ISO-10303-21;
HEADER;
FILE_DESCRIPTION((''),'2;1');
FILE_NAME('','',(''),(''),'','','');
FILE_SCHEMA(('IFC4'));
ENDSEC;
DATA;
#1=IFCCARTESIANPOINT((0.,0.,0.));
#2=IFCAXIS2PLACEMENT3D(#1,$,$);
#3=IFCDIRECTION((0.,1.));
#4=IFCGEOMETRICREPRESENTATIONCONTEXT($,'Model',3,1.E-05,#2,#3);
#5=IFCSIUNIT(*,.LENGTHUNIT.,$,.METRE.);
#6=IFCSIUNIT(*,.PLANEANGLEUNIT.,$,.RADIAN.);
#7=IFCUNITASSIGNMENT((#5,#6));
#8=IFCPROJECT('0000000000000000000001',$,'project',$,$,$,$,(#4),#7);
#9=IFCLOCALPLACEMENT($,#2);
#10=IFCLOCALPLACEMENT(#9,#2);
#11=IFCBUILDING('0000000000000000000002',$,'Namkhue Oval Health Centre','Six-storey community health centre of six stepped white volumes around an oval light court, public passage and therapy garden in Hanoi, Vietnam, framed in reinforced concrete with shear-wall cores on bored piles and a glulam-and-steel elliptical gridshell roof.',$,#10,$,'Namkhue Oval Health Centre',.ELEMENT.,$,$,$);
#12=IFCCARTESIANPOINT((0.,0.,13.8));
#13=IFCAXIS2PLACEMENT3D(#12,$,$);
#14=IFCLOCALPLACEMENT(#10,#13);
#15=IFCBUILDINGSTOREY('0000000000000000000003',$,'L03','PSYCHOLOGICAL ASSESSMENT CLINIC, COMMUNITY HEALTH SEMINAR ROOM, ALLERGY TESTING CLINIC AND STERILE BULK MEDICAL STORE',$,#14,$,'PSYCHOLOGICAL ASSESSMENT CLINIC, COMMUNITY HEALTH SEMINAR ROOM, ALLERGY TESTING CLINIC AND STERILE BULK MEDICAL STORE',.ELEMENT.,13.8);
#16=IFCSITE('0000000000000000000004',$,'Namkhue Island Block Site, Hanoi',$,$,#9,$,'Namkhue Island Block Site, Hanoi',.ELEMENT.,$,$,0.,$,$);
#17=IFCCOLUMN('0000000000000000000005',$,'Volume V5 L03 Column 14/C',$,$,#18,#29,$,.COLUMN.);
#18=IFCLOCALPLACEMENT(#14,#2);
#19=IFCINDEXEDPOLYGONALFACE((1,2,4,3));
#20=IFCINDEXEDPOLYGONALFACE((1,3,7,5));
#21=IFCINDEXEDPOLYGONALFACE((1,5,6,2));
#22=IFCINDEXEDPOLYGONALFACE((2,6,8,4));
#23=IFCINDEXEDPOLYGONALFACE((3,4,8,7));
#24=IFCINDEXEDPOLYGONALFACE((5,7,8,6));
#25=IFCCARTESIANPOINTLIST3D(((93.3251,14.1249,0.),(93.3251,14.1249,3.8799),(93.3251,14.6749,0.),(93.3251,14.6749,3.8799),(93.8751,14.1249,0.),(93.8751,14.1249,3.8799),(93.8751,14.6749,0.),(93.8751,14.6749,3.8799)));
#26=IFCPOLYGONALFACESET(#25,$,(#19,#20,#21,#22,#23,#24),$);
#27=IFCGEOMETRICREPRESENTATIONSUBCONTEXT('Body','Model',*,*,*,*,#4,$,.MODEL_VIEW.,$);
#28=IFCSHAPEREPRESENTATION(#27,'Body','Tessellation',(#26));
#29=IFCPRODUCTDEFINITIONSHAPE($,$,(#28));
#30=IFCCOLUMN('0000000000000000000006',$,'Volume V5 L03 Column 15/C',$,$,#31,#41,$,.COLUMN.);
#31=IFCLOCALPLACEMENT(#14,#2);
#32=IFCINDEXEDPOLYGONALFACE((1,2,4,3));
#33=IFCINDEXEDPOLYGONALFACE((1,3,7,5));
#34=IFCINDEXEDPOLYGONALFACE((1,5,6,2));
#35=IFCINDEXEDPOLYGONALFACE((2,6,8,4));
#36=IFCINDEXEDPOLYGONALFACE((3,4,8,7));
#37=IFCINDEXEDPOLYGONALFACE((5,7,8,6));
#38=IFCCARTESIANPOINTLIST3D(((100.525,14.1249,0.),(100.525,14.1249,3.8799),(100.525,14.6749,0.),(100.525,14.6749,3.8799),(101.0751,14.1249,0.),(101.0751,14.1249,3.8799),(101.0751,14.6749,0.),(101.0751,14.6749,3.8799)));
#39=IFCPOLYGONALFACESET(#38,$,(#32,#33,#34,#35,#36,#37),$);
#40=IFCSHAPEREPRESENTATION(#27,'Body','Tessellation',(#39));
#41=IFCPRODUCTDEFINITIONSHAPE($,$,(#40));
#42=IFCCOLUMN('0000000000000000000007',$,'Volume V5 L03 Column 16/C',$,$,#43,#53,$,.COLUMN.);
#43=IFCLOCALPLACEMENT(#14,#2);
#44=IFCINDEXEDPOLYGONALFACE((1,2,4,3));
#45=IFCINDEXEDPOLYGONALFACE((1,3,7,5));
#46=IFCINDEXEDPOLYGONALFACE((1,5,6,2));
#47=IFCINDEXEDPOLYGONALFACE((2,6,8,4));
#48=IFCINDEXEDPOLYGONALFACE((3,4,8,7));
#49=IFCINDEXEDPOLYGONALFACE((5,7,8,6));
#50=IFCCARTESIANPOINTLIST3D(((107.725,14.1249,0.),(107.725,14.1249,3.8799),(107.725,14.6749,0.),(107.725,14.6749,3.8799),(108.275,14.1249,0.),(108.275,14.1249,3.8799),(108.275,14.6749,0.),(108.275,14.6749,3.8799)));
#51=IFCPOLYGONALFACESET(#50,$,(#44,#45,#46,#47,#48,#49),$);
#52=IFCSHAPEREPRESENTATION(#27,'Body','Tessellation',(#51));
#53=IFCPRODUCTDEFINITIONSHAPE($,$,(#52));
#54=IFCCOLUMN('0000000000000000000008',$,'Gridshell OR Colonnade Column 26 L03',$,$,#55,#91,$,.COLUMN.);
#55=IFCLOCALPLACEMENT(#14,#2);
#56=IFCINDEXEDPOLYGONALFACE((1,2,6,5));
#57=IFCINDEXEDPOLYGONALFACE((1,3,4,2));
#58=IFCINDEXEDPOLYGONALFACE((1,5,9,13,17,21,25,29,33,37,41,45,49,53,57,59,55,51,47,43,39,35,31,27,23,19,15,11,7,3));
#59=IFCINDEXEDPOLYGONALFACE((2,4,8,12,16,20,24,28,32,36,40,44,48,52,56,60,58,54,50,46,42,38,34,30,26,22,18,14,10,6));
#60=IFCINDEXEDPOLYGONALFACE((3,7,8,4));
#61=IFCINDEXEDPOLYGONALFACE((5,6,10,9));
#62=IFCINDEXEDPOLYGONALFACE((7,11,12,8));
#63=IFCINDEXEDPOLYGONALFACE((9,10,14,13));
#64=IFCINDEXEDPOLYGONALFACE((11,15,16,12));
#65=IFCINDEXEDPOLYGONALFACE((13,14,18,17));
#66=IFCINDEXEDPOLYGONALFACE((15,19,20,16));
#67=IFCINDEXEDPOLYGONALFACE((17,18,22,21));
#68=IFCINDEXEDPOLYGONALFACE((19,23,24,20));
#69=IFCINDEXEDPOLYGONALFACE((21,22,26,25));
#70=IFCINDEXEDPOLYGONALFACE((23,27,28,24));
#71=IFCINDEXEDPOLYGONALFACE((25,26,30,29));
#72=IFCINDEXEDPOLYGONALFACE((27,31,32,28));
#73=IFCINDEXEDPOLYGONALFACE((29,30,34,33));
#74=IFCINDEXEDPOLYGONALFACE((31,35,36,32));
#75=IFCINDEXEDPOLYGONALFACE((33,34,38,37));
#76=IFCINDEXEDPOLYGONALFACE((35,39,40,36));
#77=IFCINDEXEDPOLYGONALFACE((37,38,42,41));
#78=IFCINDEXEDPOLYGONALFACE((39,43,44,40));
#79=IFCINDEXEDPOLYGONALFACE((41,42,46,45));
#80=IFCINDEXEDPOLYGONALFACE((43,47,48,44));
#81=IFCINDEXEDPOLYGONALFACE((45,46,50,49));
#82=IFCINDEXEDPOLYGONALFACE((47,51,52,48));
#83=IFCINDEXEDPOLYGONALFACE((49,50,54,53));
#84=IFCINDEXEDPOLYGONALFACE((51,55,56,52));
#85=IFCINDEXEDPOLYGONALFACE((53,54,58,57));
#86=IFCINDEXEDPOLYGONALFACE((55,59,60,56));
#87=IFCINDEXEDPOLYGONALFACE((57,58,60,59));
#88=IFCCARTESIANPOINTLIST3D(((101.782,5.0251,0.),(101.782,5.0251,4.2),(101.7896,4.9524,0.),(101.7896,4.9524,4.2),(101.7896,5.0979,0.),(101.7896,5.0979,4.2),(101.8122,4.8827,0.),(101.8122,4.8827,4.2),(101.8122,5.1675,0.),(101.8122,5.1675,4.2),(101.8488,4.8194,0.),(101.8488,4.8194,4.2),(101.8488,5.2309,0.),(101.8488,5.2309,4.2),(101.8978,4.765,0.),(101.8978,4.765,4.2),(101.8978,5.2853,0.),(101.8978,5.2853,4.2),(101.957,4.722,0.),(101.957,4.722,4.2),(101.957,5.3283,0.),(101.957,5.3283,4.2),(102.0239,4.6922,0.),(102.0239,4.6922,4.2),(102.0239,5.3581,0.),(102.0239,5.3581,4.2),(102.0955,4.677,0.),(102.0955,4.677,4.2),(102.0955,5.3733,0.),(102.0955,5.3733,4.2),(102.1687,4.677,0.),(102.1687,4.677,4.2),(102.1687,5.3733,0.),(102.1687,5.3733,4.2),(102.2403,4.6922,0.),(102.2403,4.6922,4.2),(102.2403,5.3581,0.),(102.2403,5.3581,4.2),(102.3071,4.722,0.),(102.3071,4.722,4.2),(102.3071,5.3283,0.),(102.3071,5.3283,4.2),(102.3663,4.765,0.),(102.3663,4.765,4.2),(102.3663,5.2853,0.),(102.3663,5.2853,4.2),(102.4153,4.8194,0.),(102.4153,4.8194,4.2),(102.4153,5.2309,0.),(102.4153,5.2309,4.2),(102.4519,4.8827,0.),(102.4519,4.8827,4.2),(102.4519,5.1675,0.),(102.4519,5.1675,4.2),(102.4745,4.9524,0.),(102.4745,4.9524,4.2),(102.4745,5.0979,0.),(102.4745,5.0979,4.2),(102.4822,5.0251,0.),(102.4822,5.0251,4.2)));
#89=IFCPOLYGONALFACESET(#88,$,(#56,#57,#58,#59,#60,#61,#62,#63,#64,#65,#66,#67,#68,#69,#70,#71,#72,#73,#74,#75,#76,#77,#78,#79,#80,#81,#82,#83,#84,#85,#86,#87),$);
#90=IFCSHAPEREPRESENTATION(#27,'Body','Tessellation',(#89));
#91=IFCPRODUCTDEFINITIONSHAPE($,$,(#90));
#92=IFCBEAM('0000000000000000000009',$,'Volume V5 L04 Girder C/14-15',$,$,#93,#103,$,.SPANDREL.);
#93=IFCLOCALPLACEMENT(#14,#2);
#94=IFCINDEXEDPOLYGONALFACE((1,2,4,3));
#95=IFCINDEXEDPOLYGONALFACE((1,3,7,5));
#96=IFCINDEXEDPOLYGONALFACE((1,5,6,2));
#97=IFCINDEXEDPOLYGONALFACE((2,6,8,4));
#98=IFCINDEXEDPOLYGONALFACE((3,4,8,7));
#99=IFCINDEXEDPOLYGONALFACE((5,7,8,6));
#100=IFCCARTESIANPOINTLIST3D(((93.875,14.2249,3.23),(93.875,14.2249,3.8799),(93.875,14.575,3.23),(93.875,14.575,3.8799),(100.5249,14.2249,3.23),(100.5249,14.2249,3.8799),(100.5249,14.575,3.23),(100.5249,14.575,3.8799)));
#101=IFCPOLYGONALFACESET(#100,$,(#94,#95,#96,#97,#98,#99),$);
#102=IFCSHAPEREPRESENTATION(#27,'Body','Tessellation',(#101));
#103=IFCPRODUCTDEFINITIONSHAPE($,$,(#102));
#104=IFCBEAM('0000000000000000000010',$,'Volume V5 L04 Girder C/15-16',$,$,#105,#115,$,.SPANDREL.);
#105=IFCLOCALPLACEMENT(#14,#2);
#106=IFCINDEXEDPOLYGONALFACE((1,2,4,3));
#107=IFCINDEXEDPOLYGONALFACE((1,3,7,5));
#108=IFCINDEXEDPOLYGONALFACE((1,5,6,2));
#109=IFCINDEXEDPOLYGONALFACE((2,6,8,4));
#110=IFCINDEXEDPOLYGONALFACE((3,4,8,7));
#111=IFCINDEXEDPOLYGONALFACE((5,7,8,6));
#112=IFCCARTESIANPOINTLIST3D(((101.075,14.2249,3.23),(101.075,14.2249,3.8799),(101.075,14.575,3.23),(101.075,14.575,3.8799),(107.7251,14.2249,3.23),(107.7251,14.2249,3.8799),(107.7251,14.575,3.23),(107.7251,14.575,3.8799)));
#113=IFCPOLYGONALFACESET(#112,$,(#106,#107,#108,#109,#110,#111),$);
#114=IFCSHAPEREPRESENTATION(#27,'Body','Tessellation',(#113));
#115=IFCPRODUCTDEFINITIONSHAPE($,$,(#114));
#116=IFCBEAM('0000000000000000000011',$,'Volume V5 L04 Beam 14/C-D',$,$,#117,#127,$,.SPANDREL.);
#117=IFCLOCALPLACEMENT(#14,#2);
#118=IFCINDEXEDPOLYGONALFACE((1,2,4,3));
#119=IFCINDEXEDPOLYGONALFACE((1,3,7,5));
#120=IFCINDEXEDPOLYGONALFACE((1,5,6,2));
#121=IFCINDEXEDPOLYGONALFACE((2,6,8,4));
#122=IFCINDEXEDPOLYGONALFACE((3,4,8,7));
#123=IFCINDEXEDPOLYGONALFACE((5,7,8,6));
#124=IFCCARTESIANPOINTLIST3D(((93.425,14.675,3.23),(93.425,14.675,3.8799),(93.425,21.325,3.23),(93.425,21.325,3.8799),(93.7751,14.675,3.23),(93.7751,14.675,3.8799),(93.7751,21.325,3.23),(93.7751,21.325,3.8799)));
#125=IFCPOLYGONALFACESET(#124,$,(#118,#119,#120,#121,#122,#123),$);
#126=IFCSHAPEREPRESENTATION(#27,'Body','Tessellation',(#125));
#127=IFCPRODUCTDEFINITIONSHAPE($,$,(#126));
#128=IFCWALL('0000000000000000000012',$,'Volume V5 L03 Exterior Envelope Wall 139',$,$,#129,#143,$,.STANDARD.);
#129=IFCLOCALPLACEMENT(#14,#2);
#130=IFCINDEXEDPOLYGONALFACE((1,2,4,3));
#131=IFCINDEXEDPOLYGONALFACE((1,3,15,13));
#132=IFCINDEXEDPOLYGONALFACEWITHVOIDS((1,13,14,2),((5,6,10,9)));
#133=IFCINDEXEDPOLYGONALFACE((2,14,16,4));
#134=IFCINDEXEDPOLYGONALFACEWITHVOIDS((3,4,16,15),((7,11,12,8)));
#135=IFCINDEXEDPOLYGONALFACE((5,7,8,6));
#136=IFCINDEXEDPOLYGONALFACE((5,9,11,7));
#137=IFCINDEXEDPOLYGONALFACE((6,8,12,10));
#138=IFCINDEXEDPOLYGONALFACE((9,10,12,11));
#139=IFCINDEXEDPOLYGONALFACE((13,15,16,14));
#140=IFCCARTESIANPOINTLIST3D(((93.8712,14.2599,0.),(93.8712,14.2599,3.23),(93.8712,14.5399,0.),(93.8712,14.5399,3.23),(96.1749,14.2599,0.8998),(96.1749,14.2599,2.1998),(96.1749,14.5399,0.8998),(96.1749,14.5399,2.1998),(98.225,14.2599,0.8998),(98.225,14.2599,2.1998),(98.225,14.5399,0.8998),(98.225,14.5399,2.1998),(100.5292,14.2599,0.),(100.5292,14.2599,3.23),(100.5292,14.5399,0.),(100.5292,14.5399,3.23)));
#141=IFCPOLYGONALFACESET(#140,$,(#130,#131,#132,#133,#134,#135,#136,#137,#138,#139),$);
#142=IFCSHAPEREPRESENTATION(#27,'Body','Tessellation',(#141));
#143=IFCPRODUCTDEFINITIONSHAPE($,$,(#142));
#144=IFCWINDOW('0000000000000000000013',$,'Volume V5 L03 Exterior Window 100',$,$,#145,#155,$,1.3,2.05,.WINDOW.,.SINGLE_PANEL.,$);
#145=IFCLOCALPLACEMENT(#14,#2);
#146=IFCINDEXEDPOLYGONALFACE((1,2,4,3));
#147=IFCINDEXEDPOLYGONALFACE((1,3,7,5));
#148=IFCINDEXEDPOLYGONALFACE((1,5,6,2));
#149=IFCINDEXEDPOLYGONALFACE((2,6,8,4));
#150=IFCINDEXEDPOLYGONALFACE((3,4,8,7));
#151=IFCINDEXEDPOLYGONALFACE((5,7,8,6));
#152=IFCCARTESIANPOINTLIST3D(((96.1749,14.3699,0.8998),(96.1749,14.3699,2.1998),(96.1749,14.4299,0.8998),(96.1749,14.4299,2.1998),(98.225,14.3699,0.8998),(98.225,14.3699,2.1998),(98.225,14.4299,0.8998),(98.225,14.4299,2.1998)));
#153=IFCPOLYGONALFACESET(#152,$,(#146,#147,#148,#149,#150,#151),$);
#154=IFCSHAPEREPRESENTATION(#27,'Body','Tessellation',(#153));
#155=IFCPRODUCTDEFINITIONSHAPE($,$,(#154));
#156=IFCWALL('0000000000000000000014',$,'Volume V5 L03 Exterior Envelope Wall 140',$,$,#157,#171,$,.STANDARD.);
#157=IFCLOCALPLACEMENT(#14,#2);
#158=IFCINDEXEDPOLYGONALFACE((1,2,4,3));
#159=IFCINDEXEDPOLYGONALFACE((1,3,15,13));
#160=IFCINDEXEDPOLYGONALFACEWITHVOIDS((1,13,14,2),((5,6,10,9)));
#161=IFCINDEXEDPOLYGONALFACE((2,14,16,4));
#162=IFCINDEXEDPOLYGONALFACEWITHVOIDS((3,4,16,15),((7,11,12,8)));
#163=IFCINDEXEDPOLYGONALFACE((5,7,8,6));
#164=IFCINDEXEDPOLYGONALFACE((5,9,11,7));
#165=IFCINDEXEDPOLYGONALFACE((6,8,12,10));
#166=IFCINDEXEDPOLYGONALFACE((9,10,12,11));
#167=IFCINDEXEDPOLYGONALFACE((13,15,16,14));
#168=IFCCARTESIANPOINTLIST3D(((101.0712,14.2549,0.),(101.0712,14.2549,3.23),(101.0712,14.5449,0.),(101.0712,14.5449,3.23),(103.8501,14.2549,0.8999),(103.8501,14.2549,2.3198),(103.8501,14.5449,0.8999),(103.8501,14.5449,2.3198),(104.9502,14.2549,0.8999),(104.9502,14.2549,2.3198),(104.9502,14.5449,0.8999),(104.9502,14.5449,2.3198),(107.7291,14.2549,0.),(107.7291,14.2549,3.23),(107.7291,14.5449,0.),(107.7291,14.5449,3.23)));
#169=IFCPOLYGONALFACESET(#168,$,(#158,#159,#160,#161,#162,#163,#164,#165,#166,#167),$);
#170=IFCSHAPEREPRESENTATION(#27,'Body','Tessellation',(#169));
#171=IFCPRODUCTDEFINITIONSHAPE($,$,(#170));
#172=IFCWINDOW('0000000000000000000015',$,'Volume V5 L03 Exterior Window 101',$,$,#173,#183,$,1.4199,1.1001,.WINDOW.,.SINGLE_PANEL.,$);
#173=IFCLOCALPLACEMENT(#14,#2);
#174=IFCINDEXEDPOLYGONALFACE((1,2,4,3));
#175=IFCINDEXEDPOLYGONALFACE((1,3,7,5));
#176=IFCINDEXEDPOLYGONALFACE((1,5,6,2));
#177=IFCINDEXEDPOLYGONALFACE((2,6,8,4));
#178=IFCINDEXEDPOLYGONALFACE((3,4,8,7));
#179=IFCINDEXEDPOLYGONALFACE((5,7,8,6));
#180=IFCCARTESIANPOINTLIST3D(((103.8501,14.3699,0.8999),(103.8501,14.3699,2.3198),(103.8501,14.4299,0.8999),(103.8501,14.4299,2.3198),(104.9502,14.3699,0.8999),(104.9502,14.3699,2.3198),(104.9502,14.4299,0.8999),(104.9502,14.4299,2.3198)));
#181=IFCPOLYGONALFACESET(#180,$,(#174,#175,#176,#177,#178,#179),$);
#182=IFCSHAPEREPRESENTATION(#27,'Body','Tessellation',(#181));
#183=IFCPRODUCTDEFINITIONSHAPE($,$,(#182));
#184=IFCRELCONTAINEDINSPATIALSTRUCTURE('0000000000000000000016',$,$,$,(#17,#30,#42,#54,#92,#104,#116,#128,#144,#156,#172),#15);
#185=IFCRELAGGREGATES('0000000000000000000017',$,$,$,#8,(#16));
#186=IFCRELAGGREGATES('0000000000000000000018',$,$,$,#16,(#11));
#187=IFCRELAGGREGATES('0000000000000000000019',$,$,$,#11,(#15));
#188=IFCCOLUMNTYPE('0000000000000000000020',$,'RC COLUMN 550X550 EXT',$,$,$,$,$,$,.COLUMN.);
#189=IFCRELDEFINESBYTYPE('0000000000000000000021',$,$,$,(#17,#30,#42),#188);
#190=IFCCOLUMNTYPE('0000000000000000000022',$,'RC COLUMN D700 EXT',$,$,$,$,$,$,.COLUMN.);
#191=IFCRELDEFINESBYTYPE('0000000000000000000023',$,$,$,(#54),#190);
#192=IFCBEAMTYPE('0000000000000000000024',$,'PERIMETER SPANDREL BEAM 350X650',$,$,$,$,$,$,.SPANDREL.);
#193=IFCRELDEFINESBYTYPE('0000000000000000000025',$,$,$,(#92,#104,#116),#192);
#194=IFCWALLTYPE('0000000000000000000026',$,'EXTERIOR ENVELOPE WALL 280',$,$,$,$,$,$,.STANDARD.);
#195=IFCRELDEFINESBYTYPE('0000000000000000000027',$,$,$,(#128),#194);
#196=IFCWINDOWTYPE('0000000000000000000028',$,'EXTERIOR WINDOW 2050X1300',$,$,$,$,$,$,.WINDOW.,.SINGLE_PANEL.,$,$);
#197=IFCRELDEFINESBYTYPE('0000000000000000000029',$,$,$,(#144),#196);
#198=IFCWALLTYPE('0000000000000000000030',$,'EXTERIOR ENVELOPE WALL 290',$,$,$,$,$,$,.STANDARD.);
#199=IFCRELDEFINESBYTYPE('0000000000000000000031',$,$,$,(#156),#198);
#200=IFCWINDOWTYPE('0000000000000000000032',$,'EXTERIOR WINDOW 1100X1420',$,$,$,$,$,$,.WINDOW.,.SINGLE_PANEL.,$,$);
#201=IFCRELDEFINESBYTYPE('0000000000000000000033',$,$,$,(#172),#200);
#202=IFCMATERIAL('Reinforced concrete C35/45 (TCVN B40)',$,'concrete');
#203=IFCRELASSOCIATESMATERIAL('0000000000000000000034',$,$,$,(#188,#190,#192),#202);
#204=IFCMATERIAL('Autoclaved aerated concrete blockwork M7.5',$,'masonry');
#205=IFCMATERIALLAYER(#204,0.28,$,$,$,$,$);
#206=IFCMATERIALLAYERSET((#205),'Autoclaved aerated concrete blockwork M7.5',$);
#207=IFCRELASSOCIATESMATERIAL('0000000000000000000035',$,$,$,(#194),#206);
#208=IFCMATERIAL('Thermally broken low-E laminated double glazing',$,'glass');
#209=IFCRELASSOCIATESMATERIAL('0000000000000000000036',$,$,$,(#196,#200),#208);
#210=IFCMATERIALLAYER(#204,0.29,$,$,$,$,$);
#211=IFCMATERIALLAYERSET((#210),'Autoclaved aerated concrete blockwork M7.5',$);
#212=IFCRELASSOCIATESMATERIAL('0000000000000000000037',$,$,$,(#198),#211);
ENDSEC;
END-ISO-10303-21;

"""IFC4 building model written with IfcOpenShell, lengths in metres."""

from ifc_helpers import new_model, si_unit, direction, frame, frame_2d, origin, origin_2d, place, context, subcontext, project, spatial, rectangle, circle, extrude, material, layer, layer_set, material_profile, profile_set, type_object, element, fill, save


model = new_model("IFC4")

# Units and contexts
model_context = context("Model", 3, precision=1e-05, world=origin(), true_north=direction((0.0, 1.0)))
body_context = subcontext(model_context, "Body", "Model", "MODEL_VIEW")
ifc_project = project(units=[si_unit("LENGTHUNIT", "METRE"), si_unit("PLANEANGLEUNIT", "RADIAN")], contexts=[model_context])

# Site, building, storey
site_placement = place(None, origin())
site = spatial("IfcSite", under=ifc_project, at=site_placement, Name="Namkhue Island Block Site, Hanoi", LongName="Namkhue Island Block Site, Hanoi", CompositionType="ELEMENT", RefElevation=0.0)
building_placement = place(site_placement, origin())
building = spatial("IfcBuilding", under=site, at=building_placement, Name="Namkhue Oval Health Centre", Description="Six-storey community health centre of six stepped white volumes around an oval light court, public passage and therapy garden in Hanoi, Vietnam, framed in reinforced concrete with shear-wall cores on bored piles and a glulam-and-steel elliptical gridshell roof.", LongName="Namkhue Oval Health Centre", CompositionType="ELEMENT")
storey_placement = place(building_placement, frame((0.0, 0.0, 13.8)))
storey = spatial("IfcBuildingStorey", under=building, at=storey_placement, Name="L03", Description="PSYCHOLOGICAL ASSESSMENT CLINIC, COMMUNITY HEALTH SEMINAR ROOM, ALLERGY TESTING CLINIC AND STERILE BULK MEDICAL STORE", LongName="PSYCHOLOGICAL ASSESSMENT CLINIC, COMMUNITY HEALTH SEMINAR ROOM, ALLERGY TESTING CLINIC AND STERILE BULK MEDICAL STORE", CompositionType="ELEMENT", Elevation=13.8)

# Columns
ifc_material_1 = material(Name="Reinforced concrete C35/45 (TCVN B40)", Category="concrete")
ifc_material_profile_1 = material_profile(ifc_material_1, rectangle(XDim=0.55, YDim=0.55, at=origin_2d()), Name="RC 550x550")
ifc_profile_set_1 = profile_set([ifc_material_profile_1], Name="Reinforced concrete C35/45 (TCVN B40)")
column_type_1 = type_object("IfcColumnType", Name="RC COLUMN 550X550 EXT", PredefinedType="COLUMN", material=ifc_profile_set_1)
for number, where, z_axis, x_axis, name in (
    (1, (93.6001, 14.3999, 0.0), (0.0, 0.0, 1.0), (1.0, 0.0, 0.0), "Volume V5 L03 Column 14/C"),
    (2, (100.8, 14.3999, 0.0), (0.0, 0.0, 1.0), (1.0, 0.0, 0.0), "Volume V5 L03 Column 15/C"),
    (3, (108.0, 14.3999, 0.0), (0.0, 0.0, 1.0), (1.0, 0.0, 0.0), "Volume V5 L03 Column 16/C"),
):
    element("IfcColumn", number, at=place(storey_placement, frame(where, z_axis=z_axis, x_axis=x_axis)), inside=storey, type_object=column_type_1, Name=name, PredefinedType="COLUMN", context=body_context, shape_type="SweptSolid", body=[
        extrude(rectangle(XDim=0.55, YDim=0.55, at=origin_2d()), origin(), (0.0, 0.0, 1.0), 3.8799),
    ])
ifc_material_profile_2 = material_profile(ifc_material_1, circle(Radius=0.3501, at=origin_2d()), Name="RC D700")
ifc_profile_set_2 = profile_set([ifc_material_profile_2], Name="Reinforced concrete C35/45 (TCVN B40)")
column_type_2 = type_object("IfcColumnType", Name="RC COLUMN D700 EXT", PredefinedType="COLUMN", material=ifc_profile_set_2)
column_placement = place(storey_placement, frame((102.1321, 5.0251, 0.0), z_axis=(0.0, 0.0, 1.0), x_axis=(1.0, 0.0, 0.0)))
element("IfcColumn", 4, at=column_placement, inside=storey, type_object=column_type_2, Name="Gridshell OR Colonnade Column 26 L03", PredefinedType="COLUMN", context=body_context, shape_type="SweptSolid", body=[
    extrude(circle(Radius=0.3501, at=origin_2d()), origin(), (0.0, 0.0, 1.0), 4.2),
])

# Beams
ifc_material_profile_3 = material_profile(ifc_material_1, rectangle(XDim=0.3501, YDim=0.6499, at=origin_2d()), Name="RC 350x650")
ifc_profile_set_3 = profile_set([ifc_material_profile_3], Name="Reinforced concrete C35/45 (TCVN B40)")
beam_type = type_object("IfcBeamType", Name="PERIMETER SPANDREL BEAM 350X650", PredefinedType="SPANDREL", material=ifc_profile_set_3)
beam_1_placement = place(storey_placement, frame((93.875, 14.3999, 3.5549), z_axis=(1.0, 0.0, 0.0), x_axis=(0.0, 1.0, 0.0)))
element("IfcBeam", 5, at=beam_1_placement, inside=storey, type_object=beam_type, Name="Volume V5 L04 Girder C/14-15", PredefinedType="SPANDREL", context=body_context, shape_type="SweptSolid", body=[
    extrude(rectangle(XDim=0.3501, YDim=0.6499, at=origin_2d()), origin(), (0.0, 0.0, 1.0), 6.6499),
])
beam_2_placement = place(storey_placement, frame((101.075, 14.3999, 3.5549), z_axis=(1.0, 0.0, 0.0), x_axis=(0.0, 1.0, 0.0)))
element("IfcBeam", 6, at=beam_2_placement, inside=storey, type_object=beam_type, Name="Volume V5 L04 Girder C/15-16", PredefinedType="SPANDREL", context=body_context, shape_type="SweptSolid", body=[
    extrude(rectangle(XDim=0.3501, YDim=0.6499, at=origin_2d()), origin(), (0.0, 0.0, 1.0), 6.6501),
])
beam_3_placement = place(storey_placement, frame((93.6001, 14.675, 3.5549), z_axis=(0.0, 1.0, 0.0), x_axis=(-1.0, 0.0, 0.0)))
element("IfcBeam", 7, at=beam_3_placement, inside=storey, type_object=beam_type, Name="Volume V5 L04 Beam 14/C-D", PredefinedType="SPANDREL", context=body_context, shape_type="SweptSolid", body=[
    extrude(rectangle(XDim=0.3501, YDim=0.6499, at=origin_2d()), origin(), (0.0, 0.0, 1.0), 6.6499),
])

# Walls, openings, windows
ifc_material_2 = material(Name="Autoclaved aerated concrete blockwork M7.5", Category="masonry")
ifc_layer_1 = layer(ifc_material_2, 0.28)
ifc_layer_set_1 = layer_set([ifc_layer_1], Name="Autoclaved aerated concrete blockwork M7.5")
wall_type_1 = type_object("IfcWallType", Name="EXTERIOR ENVELOPE WALL 280", PredefinedType="STANDARD", material=ifc_layer_set_1)
wall_1_placement = place(storey_placement, frame((93.8711, 14.3999, 0.0), z_axis=(0.0, 0.0, 1.0), x_axis=(1.0, 0.0, 0.0)))
wall_1 = element("IfcWall", 8, at=wall_1_placement, inside=storey, type_object=wall_type_1, Name="Volume V5 L03 Exterior Envelope Wall 139", PredefinedType="STANDARD", context=body_context, shape_type="SweptSolid", body=[
    extrude(rectangle(XDim=6.658, YDim=0.28, at=frame_2d((3.3291, 0.0))), origin(), (0.0, 0.0, 1.0), 3.23),
])
opening_1_placement = place(wall_1_placement, frame((2.304, 0.0, 0.8999)))
opening_1 = element("IfcOpeningElement", 9, at=opening_1_placement, cuts=wall_1, PredefinedType="OPENING", context=body_context, shape_type="SweptSolid", body=[
    extrude(rectangle(XDim=2.05, YDim=1.3, at=frame_2d((1.0249, 0.6499))), frame((0.0, 0.1499, 0.0), z_axis=(0.0, -1.0, 0.0), x_axis=(1.0, 0.0, 0.0)), (0.0, 0.0, 1.0), 0.3),
])
ifc_material_3 = material(Name="Thermally broken low-E laminated double glazing", Category="glass")
window_type_1 = type_object("IfcWindowType", Name="EXTERIOR WINDOW 2050X1300", PartitioningType="SINGLE_PANEL", PredefinedType="WINDOW", material=ifc_material_3)
window_1_placement = place(opening_1_placement, origin())
window_1 = element("IfcWindow", 10, at=window_1_placement, inside=storey, type_object=window_type_1, Name="Volume V5 L03 Exterior Window 100", OverallHeight=1.3, OverallWidth=2.05, PartitioningType="SINGLE_PANEL", PredefinedType="WINDOW", context=body_context, shape_type="SweptSolid", body=[
    extrude(rectangle(XDim=2.05, YDim=1.3, at=frame_2d((1.0249, 0.6499))), frame((0.0, 0.03, 0.0), z_axis=(0.0, -1.0, 0.0), x_axis=(1.0, 0.0, 0.0)), (0.0, 0.0, 1.0), 0.0601),
])
fill(opening_1, window_1)
ifc_layer_2 = layer(ifc_material_2, 0.29)
ifc_layer_set_2 = layer_set([ifc_layer_2], Name="Autoclaved aerated concrete blockwork M7.5")
wall_type_2 = type_object("IfcWallType", Name="EXTERIOR ENVELOPE WALL 290", PredefinedType="STANDARD", material=ifc_layer_set_2)
wall_2_placement = place(storey_placement, frame((101.071, 14.3999, 0.0), z_axis=(0.0, 0.0, 1.0), x_axis=(1.0, 0.0, 0.0)))
wall_2 = element("IfcWall", 11, at=wall_2_placement, inside=storey, type_object=wall_type_2, Name="Volume V5 L03 Exterior Envelope Wall 140", PredefinedType="STANDARD", context=body_context, shape_type="SweptSolid", body=[
    extrude(rectangle(XDim=6.658, YDim=0.29, at=frame_2d((3.3291, 0.0))), origin(), (0.0, 0.0, 1.0), 3.23),
])
opening_2_placement = place(wall_2_placement, frame((2.7791, 0.0, 0.8999)))
opening_2 = element("IfcOpeningElement", 12, at=opening_2_placement, cuts=wall_2, PredefinedType="OPENING", context=body_context, shape_type="SweptSolid", body=[
    extrude(rectangle(XDim=1.1001, YDim=1.4199, at=frame_2d((0.55, 0.71))), frame((0.0, 0.155, 0.0), z_axis=(0.0, -1.0, 0.0), x_axis=(1.0, 0.0, 0.0)), (0.0, 0.0, 1.0), 0.3101),
])
window_type_2 = type_object("IfcWindowType", Name="EXTERIOR WINDOW 1100X1420", PartitioningType="SINGLE_PANEL", PredefinedType="WINDOW", material=ifc_material_3)
window_2_placement = place(opening_2_placement, origin())
window_2 = element("IfcWindow", 13, at=window_2_placement, inside=storey, type_object=window_type_2, Name="Volume V5 L03 Exterior Window 101", OverallHeight=1.4199, OverallWidth=1.1001, PartitioningType="SINGLE_PANEL", PredefinedType="WINDOW", context=body_context, shape_type="SweptSolid", body=[
    extrude(rectangle(XDim=1.1001, YDim=1.4199, at=frame_2d((0.55, 0.71))), frame((0.0, 0.03, 0.0), z_axis=(0.0, -1.0, 0.0), x_axis=(1.0, 0.0, 0.0)), (0.0, 0.0, 1.0), 0.0601),
])
fill(opening_2, window_2)

save(model, "model.ifc")
